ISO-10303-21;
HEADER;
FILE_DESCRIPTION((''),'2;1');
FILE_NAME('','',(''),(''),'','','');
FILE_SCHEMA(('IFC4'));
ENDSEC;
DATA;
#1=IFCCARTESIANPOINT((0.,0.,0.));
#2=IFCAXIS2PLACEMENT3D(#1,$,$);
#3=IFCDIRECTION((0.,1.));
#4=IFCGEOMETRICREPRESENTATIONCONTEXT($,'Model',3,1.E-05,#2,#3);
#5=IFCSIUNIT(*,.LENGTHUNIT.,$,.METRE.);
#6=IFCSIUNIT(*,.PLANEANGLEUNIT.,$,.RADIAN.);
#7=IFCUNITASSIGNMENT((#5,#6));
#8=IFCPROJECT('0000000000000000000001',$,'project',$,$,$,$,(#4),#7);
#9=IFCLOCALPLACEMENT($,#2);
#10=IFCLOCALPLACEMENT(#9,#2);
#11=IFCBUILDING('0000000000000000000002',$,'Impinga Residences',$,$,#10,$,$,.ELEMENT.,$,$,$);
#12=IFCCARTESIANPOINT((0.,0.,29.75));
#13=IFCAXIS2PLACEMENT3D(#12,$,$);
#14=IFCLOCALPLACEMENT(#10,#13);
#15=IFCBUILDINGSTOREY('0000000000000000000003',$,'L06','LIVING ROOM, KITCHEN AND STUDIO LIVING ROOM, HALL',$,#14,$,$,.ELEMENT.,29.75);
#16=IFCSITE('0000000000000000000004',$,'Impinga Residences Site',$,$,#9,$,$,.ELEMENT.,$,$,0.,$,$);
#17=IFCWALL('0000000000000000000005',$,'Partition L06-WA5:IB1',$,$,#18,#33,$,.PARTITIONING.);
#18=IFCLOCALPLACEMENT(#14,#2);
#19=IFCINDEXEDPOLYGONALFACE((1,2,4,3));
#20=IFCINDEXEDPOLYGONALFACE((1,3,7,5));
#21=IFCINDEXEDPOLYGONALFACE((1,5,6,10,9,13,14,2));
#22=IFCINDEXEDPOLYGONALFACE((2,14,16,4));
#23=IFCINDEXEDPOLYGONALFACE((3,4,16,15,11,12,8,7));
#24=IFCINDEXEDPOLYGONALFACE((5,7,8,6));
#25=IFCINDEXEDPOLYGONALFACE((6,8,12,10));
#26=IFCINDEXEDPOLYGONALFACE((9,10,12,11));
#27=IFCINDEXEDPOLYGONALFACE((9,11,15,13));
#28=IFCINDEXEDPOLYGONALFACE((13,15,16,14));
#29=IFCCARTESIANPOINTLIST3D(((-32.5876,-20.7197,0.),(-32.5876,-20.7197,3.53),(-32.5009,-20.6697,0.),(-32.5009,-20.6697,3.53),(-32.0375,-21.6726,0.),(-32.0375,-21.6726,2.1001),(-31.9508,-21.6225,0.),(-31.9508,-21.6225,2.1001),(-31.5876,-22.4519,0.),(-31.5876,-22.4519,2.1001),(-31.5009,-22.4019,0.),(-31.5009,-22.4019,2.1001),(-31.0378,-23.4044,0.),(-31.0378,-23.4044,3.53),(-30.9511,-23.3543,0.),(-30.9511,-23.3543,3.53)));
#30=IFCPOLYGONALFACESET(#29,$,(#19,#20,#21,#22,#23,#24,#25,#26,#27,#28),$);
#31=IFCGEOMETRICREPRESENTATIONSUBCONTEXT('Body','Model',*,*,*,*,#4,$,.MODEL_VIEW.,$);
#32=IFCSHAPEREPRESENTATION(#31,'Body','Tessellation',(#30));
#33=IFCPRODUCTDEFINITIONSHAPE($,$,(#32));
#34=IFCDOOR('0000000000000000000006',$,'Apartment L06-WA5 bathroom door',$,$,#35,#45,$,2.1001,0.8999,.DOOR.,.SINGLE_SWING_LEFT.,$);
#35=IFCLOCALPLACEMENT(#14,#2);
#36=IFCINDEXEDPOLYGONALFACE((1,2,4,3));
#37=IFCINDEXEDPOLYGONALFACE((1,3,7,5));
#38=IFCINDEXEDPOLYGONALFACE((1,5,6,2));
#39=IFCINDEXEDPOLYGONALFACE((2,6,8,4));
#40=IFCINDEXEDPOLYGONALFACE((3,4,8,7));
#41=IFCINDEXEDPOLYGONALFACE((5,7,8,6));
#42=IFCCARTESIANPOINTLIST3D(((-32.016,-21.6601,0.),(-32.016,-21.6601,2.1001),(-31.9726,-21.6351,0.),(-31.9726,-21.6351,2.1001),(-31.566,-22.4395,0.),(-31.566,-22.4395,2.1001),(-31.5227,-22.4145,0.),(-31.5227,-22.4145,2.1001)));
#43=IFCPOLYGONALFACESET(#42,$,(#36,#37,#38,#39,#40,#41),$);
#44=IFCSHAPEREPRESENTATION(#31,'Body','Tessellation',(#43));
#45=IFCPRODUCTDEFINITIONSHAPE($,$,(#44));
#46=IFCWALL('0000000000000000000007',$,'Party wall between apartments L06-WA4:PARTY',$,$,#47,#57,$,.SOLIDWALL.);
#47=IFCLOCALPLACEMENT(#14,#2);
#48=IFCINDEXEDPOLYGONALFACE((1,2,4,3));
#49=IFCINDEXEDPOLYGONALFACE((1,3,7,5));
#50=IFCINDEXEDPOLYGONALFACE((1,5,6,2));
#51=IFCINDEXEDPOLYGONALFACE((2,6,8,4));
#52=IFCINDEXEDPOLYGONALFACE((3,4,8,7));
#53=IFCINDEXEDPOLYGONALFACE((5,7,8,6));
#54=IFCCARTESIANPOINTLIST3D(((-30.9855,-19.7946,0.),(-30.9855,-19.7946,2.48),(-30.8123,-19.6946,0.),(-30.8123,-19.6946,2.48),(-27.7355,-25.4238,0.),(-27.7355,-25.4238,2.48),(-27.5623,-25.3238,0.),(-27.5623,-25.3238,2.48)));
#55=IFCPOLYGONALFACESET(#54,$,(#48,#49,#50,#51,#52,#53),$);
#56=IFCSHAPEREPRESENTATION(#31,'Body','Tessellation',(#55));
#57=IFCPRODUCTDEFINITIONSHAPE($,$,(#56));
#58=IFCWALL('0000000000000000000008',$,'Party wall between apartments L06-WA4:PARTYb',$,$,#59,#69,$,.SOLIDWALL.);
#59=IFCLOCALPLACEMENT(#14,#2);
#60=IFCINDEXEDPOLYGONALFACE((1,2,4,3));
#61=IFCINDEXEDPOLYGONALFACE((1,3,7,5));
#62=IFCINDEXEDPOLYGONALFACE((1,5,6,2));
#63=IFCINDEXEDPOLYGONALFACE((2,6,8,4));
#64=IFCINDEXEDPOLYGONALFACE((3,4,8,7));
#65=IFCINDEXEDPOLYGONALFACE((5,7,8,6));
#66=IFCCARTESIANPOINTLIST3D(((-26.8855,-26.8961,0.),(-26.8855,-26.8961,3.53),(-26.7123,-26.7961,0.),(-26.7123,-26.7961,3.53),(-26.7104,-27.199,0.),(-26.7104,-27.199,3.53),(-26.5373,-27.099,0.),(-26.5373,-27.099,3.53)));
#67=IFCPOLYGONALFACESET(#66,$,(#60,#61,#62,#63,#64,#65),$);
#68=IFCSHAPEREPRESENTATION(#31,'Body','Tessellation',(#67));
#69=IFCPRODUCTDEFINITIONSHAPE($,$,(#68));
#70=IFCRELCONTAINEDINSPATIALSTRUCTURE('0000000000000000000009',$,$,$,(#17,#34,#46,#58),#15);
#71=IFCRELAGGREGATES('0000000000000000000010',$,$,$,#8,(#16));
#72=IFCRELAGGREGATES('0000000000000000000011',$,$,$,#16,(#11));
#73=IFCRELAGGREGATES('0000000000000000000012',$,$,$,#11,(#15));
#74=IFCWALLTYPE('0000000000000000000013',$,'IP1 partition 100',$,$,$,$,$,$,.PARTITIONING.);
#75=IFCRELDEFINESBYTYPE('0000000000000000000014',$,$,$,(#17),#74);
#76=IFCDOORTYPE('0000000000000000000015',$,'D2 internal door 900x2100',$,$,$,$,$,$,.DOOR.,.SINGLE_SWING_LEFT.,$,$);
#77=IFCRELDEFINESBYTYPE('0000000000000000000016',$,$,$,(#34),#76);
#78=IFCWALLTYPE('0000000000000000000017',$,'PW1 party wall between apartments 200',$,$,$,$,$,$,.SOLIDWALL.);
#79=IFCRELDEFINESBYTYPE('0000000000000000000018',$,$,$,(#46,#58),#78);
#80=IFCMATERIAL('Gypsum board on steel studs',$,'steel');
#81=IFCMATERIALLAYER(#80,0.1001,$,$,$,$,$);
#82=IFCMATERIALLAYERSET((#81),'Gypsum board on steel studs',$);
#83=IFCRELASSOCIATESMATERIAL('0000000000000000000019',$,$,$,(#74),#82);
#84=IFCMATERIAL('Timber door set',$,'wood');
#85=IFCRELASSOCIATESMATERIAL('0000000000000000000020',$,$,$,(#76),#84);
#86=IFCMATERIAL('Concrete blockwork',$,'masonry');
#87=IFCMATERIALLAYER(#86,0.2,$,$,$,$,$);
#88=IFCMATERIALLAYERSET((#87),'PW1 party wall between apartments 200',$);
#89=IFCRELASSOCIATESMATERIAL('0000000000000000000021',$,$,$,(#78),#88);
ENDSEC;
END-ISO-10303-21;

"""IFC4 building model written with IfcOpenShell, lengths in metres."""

from ifc_helpers import new_model, si_unit, direction, frame, frame_2d, origin, place, context, subcontext, project, spatial, rectangle, extrude, material, layer, layer_set, type_object, element, fill, save


model = new_model("IFC4")

# Units and contexts
model_context = context("Model", 3, precision=1e-05, world=origin(), true_north=direction((0.0, 1.0)))
body_context = subcontext(model_context, "Body", "Model", "MODEL_VIEW")
ifc_project = project(units=[si_unit("LENGTHUNIT", "METRE"), si_unit("PLANEANGLEUNIT", "RADIAN")], contexts=[model_context])

# Site, building, storey
site_placement = place(None, origin())
site = spatial("IfcSite", under=ifc_project, at=site_placement, Name="Impinga Residences Site", CompositionType="ELEMENT", RefElevation=0.0)
building_placement = place(site_placement, origin())
building = spatial("IfcBuilding", under=site, at=building_placement, Name="Impinga Residences", CompositionType="ELEMENT")
storey_placement = place(building_placement, frame((0.0, 0.0, 29.75)))
storey = spatial("IfcBuildingStorey", under=building, at=storey_placement, Name="L06", Description="LIVING ROOM, KITCHEN AND STUDIO LIVING ROOM, HALL", CompositionType="ELEMENT", Elevation=29.75)

# Shared definitions
ifc_material_1 = material(Name="Gypsum board on steel studs", Category="steel")
ifc_layer_1 = layer(ifc_material_1, 0.1001)
ifc_layer_set_1 = layer_set([ifc_layer_1], Name="Gypsum board on steel studs")
wall_type_1 = type_object("IfcWallType", Name="IP1 partition 100", PredefinedType="PARTITIONING", material=ifc_layer_set_1)

# Shared definitions
ifc_material_2 = material(Name="Timber door set", Category="wood")
door_type = type_object("IfcDoorType", Name="D2 internal door 900x2100", OperationType="SINGLE_SWING_LEFT", PredefinedType="DOOR", material=ifc_material_2)

# Wall, opening, door
wall_1_placement = place(storey_placement, frame((-32.5442, -20.6948, 0.0), z_axis=(0.0, 0.0, 1.0), x_axis=(0.499968, -0.866044, 0.0)))
wall_1 = element("IfcWall", 1, at=wall_1_placement, inside=storey, type_object=wall_type_1, Name="Partition L06-WA5:IB1", PredefinedType="PARTITIONING", context=body_context, shape_type="SweptSolid", body=[
    extrude(rectangle(XDim=3.0999, YDim=0.1001, at=frame_2d((1.5498, 0.0))), origin(), (0.0, 0.0, 1.0), 3.53),
])
opening_1_placement = place(wall_1_placement, frame((1.1001, 0.0, 0.0)))
opening_1 = element("IfcOpeningElement", 2, at=opening_1_placement, cuts=wall_1, PredefinedType="OPENING", context=body_context, shape_type="SweptSolid", body=[
    extrude(rectangle(XDim=0.8999, YDim=2.1001, at=frame_2d((0.45, 1.05))), frame((0.0, 0.0601, 0.0), z_axis=(0.0, -1.0, 0.0), x_axis=(1.0, 0.0, 0.0)), (0.0, 0.0, 1.0), 0.1201),
])
door_1_placement = place(opening_1_placement, origin())
door_1 = element("IfcDoor", 3, at=door_1_placement, inside=storey, type_object=door_type, Name="Apartment L06-WA5 bathroom door", OperationType="SINGLE_SWING_LEFT", OverallHeight=2.1001, OverallWidth=0.8999, PredefinedType="DOOR", context=body_context, shape_type="SweptSolid", body=[
    extrude(rectangle(XDim=0.8999, YDim=2.1001, at=frame_2d((0.45, 1.05))), frame((0.0, 0.0249, 0.0), z_axis=(0.0, -1.0, 0.0), x_axis=(1.0, 0.0, 0.0)), (0.0, 0.0, 1.0), 0.05),
])
fill(opening_1, door_1)

# Walls
ifc_material_3 = material(Name="Concrete blockwork", Category="masonry")
ifc_layer_2 = layer(ifc_material_3, 0.2)
ifc_layer_set_2 = layer_set([ifc_layer_2], Name="PW1 party wall between apartments 200")
wall_type_2 = type_object("IfcWallType", Name="PW1 party wall between apartments 200", PredefinedType="SOLIDWALL", material=ifc_layer_set_2)
wall_2_placement = place(storey_placement, frame((-30.8989, -19.7446, 0.0), z_axis=(0.0, 0.0, 1.0), x_axis=(0.500001, -0.866025, 0.0)))
element("IfcWall", 4, at=wall_2_placement, inside=storey, type_object=wall_type_2, Name="Party wall between apartments L06-WA4:PARTY", PredefinedType="SOLIDWALL", context=body_context, shape_type="SweptSolid", body=[
    extrude(rectangle(XDim=6.5, YDim=0.2, at=frame_2d((3.25, 0.0))), origin(), (0.0, 0.0, 1.0), 2.48),
])
wall_3_placement = place(storey_placement, frame((-26.7988, -26.8462, 0.0), z_axis=(0.0, 0.0, 1.0), x_axis=(0.500266, -0.865872, 0.0)))
element("IfcWall", 5, at=wall_3_placement, inside=storey, type_object=wall_type_2, Name="Party wall between apartments L06-WA4:PARTYb", PredefinedType="SOLIDWALL", context=body_context, shape_type="SweptSolid", body=[
    extrude(rectangle(XDim=0.3499, YDim=0.2, at=frame_2d((0.1748, 0.0))), origin(), (0.0, 0.0, 1.0), 3.53),
])

save(model, "model.ifc")
